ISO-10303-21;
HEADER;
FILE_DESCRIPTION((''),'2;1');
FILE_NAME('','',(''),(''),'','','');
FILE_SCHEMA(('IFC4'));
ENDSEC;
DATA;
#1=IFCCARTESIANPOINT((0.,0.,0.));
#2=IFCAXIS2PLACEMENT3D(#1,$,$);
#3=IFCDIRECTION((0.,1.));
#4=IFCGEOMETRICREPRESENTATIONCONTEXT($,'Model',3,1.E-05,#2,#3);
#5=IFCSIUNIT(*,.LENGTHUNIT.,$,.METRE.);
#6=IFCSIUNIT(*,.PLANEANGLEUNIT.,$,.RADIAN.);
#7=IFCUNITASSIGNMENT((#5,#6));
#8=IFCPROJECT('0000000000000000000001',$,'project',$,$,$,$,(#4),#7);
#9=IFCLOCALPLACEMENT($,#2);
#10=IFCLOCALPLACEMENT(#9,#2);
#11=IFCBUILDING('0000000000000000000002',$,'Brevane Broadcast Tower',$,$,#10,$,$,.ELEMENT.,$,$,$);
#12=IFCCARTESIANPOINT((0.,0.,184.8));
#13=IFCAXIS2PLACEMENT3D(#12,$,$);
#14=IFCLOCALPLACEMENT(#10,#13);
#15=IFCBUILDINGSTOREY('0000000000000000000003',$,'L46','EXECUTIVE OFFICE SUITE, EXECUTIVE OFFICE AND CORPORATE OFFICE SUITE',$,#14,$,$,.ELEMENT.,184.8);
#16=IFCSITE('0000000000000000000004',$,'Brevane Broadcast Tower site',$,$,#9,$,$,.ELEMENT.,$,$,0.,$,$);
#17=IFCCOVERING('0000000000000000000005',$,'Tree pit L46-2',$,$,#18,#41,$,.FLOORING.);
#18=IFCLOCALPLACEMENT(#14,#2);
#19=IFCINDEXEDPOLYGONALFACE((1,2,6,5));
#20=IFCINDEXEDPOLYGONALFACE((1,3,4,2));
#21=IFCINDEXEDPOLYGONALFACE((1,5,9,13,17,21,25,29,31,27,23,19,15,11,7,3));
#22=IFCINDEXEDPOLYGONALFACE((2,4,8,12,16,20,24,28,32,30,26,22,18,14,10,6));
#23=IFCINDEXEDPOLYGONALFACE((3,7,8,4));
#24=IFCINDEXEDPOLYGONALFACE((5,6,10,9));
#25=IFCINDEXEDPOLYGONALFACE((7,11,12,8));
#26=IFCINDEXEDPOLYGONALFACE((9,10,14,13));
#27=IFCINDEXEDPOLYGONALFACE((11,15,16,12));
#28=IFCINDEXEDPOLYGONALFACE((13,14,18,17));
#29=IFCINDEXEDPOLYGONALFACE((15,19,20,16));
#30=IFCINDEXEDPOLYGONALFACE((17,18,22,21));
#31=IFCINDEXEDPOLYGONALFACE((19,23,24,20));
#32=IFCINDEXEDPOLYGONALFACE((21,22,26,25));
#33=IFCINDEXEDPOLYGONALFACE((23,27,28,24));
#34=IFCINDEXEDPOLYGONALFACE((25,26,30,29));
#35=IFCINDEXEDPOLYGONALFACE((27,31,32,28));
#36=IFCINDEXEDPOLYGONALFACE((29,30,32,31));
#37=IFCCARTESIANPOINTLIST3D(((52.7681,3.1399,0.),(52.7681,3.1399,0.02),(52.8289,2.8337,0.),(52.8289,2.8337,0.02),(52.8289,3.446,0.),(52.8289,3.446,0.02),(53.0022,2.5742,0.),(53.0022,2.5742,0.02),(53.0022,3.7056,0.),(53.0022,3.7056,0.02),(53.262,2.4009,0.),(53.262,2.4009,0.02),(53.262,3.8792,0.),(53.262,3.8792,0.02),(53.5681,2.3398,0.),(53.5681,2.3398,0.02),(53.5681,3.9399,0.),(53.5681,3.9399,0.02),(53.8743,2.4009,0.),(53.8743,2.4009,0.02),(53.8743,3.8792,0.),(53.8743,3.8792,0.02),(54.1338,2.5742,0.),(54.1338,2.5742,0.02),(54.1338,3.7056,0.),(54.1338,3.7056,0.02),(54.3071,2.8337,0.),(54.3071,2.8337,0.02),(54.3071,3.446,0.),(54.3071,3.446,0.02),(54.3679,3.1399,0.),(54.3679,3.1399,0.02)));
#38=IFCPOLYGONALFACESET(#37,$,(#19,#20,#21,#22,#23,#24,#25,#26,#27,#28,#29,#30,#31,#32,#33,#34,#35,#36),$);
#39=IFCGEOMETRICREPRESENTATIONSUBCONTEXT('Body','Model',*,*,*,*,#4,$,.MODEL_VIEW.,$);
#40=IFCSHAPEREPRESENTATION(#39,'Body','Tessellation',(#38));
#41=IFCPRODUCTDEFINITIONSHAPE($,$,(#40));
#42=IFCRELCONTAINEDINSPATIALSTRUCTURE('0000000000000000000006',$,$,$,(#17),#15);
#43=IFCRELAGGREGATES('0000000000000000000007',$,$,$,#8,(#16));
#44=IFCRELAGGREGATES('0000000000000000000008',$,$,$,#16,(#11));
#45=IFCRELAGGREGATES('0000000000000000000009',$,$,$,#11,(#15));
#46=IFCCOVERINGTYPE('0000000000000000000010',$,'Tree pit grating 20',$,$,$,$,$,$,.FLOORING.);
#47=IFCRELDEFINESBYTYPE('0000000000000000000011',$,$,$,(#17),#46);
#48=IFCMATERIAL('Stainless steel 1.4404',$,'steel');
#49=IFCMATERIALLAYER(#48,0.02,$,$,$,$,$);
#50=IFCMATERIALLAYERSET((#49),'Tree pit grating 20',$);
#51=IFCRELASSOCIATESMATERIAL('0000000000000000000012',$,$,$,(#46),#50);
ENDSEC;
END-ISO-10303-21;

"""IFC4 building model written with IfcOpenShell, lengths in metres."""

from ifc_helpers import new_model, si_unit, direction, frame, origin, place, context, subcontext, project, spatial, polyline, outline, extrude, material, layer, layer_set, type_object, element, save


model = new_model("IFC4")

# Units and contexts
model_context = context("Model", 3, precision=1e-05, world=origin(), true_north=direction((0.0, 1.0)))
body_context = subcontext(model_context, "Body", "Model", "MODEL_VIEW")
ifc_project = project(units=[si_unit("LENGTHUNIT", "METRE"), si_unit("PLANEANGLEUNIT", "RADIAN")], contexts=[model_context])

# Site, building, storey
site_placement = place(None, origin())
site = spatial("IfcSite", under=ifc_project, at=site_placement, Name="Brevane Broadcast Tower site", CompositionType="ELEMENT", RefElevation=0.0)
building_placement = place(site_placement, origin())
building = spatial("IfcBuilding", under=site, at=building_placement, Name="Brevane Broadcast Tower", CompositionType="ELEMENT")
storey_placement = place(building_placement, frame((0.0, 0.0, 184.8)))
storey = spatial("IfcBuildingStorey", under=building, at=storey_placement, Name="L46", Description="EXECUTIVE OFFICE SUITE, EXECUTIVE OFFICE AND CORPORATE OFFICE SUITE", CompositionType="ELEMENT", Elevation=184.8)

# Covering
ifc_material_1 = material(Name="Stainless steel 1.4404", Category="steel")
ifc_layer_1 = layer(ifc_material_1, 0.02)
ifc_layer_set_1 = layer_set([ifc_layer_1], Name="Tree pit grating 20")
covering_type_1 = type_object("IfcCoveringType", Name="Tree pit grating 20", PredefinedType="FLOORING", material=ifc_layer_set_1)
covering_1_placement = place(storey_placement, origin())
element("IfcCovering", 1, at=covering_1_placement, inside=storey, type_object=covering_type_1, Name="Tree pit L46-2", PredefinedType="FLOORING", context=body_context, shape_type="SweptSolid", body=[
    extrude(outline(polyline([(54.3679, 3.1399), (54.3071, 3.446), (54.1338, 3.7056), (53.8743, 3.8792), (53.5681, 3.9399), (53.262, 3.8792), (53.0022, 3.7056), (52.8289, 3.446), (52.7681, 3.1399), (52.8289, 2.8337), (53.0022, 2.5742), (53.262, 2.4009), (53.5681, 2.3398), (53.8743, 2.4009), (54.1338, 2.5742), (54.3071, 2.8337), (54.3679, 3.1399)])), origin(), (0.0, 0.0, 1.0), 0.02),
])

save(model, "model.ifc")
